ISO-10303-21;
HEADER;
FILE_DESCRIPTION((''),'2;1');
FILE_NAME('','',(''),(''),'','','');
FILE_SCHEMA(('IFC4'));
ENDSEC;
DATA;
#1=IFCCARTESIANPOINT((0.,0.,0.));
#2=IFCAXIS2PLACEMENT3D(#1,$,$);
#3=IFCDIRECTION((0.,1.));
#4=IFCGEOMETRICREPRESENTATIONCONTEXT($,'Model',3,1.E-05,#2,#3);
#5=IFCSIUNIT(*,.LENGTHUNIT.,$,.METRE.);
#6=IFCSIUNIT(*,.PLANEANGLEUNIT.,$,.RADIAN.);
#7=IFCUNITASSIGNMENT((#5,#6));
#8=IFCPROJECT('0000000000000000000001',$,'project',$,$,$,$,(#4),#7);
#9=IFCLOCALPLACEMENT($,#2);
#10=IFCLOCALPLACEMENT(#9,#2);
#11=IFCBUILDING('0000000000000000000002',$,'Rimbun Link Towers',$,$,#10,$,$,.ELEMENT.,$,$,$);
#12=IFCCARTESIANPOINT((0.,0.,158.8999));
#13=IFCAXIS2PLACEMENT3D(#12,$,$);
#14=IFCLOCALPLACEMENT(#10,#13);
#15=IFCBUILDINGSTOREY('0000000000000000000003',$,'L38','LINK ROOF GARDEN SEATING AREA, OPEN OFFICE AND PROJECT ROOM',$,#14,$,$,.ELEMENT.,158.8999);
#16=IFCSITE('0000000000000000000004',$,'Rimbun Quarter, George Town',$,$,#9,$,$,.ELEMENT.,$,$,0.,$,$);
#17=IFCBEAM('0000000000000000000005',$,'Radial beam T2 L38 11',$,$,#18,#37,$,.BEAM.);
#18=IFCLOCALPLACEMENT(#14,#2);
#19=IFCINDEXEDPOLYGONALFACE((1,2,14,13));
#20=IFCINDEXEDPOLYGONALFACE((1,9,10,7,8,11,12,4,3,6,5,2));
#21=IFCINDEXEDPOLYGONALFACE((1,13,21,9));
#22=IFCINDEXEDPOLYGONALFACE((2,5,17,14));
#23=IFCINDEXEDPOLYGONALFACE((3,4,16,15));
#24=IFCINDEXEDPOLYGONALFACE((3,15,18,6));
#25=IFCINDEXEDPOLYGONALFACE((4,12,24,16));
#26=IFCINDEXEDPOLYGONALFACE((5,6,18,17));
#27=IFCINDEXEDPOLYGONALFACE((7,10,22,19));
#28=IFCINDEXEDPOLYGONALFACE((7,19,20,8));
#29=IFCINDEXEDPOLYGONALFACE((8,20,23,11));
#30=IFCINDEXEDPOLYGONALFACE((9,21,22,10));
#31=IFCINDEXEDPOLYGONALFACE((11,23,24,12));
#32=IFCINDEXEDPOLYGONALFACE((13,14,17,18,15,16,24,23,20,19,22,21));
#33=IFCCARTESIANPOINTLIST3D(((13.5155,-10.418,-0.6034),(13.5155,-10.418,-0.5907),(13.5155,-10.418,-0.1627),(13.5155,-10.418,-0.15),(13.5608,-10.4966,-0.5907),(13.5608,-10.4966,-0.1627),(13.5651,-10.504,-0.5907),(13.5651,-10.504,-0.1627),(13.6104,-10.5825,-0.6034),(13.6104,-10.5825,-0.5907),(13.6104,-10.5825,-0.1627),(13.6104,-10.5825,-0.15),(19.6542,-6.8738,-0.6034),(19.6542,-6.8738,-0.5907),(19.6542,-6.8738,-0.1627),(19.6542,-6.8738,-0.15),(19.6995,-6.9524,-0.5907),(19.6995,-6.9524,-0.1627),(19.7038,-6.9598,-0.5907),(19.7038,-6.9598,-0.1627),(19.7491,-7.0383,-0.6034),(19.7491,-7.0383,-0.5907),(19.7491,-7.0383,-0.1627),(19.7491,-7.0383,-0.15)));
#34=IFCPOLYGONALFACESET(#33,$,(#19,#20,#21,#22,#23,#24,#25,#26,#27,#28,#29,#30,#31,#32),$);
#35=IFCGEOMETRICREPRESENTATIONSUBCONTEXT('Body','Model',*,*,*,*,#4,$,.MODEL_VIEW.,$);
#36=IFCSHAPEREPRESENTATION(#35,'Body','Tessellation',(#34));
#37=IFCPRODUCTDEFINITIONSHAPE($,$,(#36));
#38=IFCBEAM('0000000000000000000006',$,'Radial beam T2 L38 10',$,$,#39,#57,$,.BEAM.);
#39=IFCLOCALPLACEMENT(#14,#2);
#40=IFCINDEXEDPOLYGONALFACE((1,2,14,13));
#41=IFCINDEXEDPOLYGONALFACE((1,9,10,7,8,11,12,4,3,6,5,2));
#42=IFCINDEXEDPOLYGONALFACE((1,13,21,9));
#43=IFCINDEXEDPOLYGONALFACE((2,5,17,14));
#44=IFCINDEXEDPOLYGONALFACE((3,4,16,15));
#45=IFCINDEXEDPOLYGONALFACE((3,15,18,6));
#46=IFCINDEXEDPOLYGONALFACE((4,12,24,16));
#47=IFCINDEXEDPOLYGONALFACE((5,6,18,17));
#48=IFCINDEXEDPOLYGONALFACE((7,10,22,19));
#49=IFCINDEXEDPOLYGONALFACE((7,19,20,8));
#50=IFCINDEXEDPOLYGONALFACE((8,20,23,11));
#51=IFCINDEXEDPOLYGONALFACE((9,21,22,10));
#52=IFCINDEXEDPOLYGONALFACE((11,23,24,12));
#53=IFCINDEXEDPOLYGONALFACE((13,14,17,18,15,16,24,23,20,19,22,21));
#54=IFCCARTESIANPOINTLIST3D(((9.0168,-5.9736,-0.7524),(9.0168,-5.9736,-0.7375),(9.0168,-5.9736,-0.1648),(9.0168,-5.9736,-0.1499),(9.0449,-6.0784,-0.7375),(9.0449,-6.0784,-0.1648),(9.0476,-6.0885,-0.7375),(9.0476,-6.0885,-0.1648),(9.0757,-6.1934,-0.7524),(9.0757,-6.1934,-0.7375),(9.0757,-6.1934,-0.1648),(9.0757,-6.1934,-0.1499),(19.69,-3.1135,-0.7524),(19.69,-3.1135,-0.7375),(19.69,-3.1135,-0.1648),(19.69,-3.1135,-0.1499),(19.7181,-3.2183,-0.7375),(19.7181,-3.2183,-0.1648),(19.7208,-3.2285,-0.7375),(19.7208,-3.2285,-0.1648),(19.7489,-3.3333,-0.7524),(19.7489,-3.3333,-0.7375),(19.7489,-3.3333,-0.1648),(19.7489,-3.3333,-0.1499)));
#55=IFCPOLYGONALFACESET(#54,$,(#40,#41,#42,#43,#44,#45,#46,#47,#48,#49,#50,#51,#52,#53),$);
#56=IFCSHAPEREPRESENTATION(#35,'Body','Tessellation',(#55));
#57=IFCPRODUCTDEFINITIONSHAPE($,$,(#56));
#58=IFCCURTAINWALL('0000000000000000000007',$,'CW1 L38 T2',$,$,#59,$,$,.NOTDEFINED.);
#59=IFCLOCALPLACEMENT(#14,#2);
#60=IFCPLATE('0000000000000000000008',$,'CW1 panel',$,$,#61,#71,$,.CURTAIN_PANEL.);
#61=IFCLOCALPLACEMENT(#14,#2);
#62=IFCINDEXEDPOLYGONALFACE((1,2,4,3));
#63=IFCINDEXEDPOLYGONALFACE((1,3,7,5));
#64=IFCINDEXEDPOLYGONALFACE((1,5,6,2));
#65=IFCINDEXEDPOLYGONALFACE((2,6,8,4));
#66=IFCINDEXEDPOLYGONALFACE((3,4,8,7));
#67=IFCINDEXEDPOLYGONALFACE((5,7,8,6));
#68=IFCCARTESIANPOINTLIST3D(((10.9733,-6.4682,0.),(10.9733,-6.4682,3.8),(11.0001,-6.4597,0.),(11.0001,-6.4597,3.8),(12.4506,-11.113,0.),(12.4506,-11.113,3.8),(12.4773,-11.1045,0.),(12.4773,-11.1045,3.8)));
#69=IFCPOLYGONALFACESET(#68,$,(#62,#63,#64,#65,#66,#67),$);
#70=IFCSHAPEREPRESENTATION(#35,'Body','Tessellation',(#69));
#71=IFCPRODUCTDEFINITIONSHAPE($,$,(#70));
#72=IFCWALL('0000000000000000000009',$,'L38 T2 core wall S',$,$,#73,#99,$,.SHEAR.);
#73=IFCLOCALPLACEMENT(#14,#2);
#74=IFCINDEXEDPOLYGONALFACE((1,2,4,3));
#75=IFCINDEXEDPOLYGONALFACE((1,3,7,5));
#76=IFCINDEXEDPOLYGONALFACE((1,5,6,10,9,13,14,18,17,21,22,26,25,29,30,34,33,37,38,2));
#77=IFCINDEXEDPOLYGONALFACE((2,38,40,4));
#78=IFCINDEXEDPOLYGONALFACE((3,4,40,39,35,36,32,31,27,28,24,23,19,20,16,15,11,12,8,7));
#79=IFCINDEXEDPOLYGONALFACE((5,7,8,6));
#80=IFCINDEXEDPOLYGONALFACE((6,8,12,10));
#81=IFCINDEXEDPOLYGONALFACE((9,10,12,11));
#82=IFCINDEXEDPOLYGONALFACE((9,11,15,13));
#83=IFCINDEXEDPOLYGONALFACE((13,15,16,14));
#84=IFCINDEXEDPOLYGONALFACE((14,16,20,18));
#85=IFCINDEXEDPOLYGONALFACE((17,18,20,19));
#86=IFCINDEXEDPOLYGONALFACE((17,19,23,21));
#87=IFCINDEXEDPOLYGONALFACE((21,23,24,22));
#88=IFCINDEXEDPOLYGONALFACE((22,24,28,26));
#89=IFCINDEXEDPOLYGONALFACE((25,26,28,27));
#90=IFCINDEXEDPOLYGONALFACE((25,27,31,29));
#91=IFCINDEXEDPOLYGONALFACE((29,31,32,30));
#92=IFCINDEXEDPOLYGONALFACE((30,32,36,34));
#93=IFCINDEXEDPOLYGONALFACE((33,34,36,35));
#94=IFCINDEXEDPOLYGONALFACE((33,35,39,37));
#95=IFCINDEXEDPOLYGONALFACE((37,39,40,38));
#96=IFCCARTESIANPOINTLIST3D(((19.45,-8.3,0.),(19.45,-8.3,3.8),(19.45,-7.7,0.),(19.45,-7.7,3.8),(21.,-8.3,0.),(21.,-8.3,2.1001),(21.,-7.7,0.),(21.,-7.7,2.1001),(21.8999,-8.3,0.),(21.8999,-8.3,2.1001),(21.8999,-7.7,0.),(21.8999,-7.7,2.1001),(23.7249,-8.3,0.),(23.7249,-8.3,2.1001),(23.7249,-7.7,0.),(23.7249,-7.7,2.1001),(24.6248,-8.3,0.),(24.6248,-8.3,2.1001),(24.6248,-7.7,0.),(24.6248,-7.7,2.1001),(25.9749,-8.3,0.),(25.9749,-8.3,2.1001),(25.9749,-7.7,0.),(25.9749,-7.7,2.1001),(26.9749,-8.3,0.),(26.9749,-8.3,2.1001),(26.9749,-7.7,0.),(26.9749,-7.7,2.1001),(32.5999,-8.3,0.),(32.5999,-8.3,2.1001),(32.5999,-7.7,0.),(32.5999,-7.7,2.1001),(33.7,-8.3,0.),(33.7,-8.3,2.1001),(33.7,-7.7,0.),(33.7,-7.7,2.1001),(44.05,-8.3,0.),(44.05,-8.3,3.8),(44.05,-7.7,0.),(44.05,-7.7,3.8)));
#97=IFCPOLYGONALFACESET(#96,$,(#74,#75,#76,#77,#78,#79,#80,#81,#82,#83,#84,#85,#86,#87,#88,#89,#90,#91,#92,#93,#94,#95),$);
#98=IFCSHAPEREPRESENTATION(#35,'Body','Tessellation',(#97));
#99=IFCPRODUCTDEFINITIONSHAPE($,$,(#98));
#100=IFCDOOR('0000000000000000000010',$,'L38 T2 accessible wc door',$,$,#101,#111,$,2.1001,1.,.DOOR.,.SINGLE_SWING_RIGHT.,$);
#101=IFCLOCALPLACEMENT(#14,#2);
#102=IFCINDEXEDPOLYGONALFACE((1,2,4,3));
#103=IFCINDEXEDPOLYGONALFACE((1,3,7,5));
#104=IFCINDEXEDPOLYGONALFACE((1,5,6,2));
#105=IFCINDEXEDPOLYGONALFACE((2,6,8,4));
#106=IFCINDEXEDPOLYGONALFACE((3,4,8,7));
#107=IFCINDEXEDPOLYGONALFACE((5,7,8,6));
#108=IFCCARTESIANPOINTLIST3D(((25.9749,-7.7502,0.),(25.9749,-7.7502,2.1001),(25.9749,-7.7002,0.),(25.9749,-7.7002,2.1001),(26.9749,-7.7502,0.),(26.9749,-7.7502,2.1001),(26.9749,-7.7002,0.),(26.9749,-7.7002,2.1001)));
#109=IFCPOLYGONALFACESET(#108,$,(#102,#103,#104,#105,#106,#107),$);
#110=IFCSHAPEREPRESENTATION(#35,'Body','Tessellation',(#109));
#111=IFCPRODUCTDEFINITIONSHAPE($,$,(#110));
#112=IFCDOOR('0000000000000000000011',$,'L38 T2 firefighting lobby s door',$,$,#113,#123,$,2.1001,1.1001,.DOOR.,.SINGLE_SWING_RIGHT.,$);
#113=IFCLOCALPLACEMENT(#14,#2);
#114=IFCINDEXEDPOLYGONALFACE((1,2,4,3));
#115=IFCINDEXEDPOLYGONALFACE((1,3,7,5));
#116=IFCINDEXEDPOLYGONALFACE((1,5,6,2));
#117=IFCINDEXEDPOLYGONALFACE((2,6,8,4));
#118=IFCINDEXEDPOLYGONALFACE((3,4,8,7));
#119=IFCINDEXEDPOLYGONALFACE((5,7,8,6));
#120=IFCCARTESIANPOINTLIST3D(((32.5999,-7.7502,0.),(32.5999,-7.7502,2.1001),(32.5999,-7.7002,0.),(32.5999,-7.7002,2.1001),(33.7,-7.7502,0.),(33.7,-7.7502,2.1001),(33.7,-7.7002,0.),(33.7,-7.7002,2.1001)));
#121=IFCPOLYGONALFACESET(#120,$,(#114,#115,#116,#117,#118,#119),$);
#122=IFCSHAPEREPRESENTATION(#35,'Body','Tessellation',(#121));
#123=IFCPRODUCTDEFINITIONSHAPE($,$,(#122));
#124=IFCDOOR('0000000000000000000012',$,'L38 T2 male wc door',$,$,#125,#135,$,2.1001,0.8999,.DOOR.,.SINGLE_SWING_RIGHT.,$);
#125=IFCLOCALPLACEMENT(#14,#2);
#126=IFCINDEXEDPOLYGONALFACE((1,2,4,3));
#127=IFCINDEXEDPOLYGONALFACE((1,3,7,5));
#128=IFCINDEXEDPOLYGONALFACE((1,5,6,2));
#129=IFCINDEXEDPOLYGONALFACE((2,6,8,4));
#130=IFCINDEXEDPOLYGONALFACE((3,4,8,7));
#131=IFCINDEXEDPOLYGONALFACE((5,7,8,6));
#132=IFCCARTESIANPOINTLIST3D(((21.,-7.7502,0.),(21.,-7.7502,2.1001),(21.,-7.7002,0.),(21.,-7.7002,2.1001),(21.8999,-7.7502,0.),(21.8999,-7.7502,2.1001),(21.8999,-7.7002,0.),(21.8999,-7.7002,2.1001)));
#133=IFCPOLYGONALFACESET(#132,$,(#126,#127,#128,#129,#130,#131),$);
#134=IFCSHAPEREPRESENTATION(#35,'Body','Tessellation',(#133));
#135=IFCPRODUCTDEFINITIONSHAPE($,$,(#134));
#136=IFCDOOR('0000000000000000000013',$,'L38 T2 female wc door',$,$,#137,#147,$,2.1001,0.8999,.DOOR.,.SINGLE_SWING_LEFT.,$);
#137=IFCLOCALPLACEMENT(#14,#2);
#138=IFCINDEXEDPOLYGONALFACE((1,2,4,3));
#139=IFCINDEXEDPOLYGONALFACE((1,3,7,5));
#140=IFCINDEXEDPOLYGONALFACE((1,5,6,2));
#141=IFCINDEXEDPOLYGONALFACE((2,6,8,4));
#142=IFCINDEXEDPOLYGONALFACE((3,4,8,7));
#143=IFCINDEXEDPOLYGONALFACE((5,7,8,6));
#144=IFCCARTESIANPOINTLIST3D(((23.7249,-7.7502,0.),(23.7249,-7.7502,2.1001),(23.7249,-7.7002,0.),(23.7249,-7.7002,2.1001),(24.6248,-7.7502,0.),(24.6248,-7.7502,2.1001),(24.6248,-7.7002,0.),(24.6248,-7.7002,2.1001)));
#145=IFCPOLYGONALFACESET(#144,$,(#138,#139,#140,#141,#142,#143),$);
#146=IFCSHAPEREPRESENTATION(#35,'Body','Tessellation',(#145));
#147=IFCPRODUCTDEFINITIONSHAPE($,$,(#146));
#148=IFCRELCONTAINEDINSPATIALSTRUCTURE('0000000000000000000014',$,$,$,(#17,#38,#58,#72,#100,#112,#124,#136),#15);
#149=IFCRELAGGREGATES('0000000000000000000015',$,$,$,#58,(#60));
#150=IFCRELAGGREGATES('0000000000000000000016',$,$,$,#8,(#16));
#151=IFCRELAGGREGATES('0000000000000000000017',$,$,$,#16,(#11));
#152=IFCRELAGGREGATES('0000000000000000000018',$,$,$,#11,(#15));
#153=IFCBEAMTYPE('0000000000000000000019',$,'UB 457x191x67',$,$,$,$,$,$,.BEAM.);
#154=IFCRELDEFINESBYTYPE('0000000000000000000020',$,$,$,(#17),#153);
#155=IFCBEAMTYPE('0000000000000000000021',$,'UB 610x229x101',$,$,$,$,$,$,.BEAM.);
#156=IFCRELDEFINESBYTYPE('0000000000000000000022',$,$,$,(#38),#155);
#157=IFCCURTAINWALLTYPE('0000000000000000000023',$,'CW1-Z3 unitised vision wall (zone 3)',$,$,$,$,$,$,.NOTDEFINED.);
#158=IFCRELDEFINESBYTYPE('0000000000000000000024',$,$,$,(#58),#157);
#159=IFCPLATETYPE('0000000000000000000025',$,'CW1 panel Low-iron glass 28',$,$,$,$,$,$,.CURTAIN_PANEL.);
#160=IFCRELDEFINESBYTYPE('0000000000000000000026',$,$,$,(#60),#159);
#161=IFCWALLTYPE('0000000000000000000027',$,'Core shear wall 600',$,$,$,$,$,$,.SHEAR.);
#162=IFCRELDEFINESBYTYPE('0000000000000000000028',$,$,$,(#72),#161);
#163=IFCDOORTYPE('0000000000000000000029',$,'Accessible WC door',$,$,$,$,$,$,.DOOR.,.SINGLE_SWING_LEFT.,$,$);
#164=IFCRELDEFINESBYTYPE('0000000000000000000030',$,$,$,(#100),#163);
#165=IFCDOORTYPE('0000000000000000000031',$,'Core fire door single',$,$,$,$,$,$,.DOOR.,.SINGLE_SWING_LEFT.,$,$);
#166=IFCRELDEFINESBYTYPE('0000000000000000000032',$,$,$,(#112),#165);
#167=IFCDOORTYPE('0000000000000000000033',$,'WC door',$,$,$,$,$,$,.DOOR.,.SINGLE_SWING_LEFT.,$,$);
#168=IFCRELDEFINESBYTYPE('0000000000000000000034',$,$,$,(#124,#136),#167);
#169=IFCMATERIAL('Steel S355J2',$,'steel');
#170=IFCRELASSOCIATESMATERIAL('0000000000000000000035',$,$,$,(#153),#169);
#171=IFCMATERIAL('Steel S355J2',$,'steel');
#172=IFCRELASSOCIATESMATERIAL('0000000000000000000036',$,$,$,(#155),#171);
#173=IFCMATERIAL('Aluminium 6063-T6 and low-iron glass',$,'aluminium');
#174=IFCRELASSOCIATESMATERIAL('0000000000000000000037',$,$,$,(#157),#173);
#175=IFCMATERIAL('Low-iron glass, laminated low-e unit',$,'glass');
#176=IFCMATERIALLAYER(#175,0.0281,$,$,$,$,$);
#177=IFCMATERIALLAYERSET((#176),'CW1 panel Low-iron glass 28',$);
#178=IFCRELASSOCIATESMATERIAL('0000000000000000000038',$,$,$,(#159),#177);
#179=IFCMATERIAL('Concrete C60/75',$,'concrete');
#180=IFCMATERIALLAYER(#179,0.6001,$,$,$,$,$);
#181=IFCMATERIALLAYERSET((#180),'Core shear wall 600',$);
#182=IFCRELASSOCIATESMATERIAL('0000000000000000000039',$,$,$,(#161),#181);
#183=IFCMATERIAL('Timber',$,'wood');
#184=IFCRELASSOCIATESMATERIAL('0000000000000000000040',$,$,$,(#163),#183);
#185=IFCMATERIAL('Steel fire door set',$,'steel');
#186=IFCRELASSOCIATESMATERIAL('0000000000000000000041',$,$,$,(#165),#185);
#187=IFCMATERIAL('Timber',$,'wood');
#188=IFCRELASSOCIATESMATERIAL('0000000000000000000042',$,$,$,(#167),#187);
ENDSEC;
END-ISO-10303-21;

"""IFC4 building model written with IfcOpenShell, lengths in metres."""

from ifc_helpers import new_model, si_unit, direction, frame, frame_2d, origin, origin_2d, place, context, subcontext, project, spatial, rectangle, i_section, extrude, material, layer, layer_set, material_profile, profile_set, type_object, element, fill, aggregate, save


model = new_model("IFC4")

# Units and contexts
model_context = context("Model", 3, precision=1e-05, world=origin(), true_north=direction((0.0, 1.0)))
body_context = subcontext(model_context, "Body", "Model", "MODEL_VIEW")
ifc_project = project(units=[si_unit("LENGTHUNIT", "METRE"), si_unit("PLANEANGLEUNIT", "RADIAN")], contexts=[model_context])

# Site, building, storey
site_placement = place(None, origin())
site = spatial("IfcSite", under=ifc_project, at=site_placement, Name="Rimbun Quarter, George Town", CompositionType="ELEMENT", RefElevation=0.0)
building_placement = place(site_placement, origin())
building = spatial("IfcBuilding", under=site, at=building_placement, Name="Rimbun Link Towers", CompositionType="ELEMENT")
storey_placement = place(building_placement, frame((0.0, 0.0, 158.8999)))
storey = spatial("IfcBuildingStorey", under=building, at=storey_placement, Name="L38", Description="LINK ROOF GARDEN SEATING AREA, OPEN OFFICE AND PROJECT ROOM", CompositionType="ELEMENT", Elevation=158.8999)

# Beams
ifc_material_1 = material(Name="Steel S355J2", Category="steel")
ifc_material_profile_1 = material_profile(ifc_material_1, i_section(OverallWidth=0.1899, OverallDepth=0.4534, WebThickness=0.0085, FlangeThickness=0.0127, at=origin_2d()), Name="UB 457x191x67")
ifc_profile_set_1 = profile_set([ifc_material_profile_1], Name="Steel S355J2")
beam_type_1 = type_object("IfcBeamType", Name="UB 457x191x67", PredefinedType="BEAM", material=ifc_profile_set_1)
beam_1_placement = place(storey_placement, frame((19.7017, -6.9561, -0.3767), z_axis=(-0.866024, -0.500003, 0.0), x_axis=(0.500003, -0.866024, 0.0)))
element("IfcBeam", 1, at=beam_1_placement, inside=storey, type_object=beam_type_1, Name="Radial beam T2 L38 11", PredefinedType="BEAM", context=body_context, shape_type="SweptSolid", body=[
    extrude(i_section(OverallWidth=0.1899, OverallDepth=0.4534, WebThickness=0.0085, FlangeThickness=0.0127, at=origin_2d()), origin(), (0.0, 0.0, 1.0), 7.0884),
])
ifc_material_2 = material(Name="Steel S355J2", Category="steel")
ifc_material_profile_2 = material_profile(ifc_material_2, i_section(OverallWidth=0.2275, OverallDepth=0.6025, WebThickness=0.0105, FlangeThickness=0.0149, at=origin_2d()), Name="UB 610x229x101")
ifc_profile_set_2 = profile_set([ifc_material_profile_2], Name="Steel S355J2")
beam_type_2 = type_object("IfcBeamType", Name="UB 610x229x101", PredefinedType="BEAM", material=ifc_profile_set_2)
beam_2_placement = place(storey_placement, frame((19.7195, -3.2234, -0.4512), z_axis=(-0.965921, -0.258835, 0.0), x_axis=(0.258835, -0.965921, 0.0)))
element("IfcBeam", 2, at=beam_2_placement, inside=storey, type_object=beam_type_2, Name="Radial beam T2 L38 10", PredefinedType="BEAM", context=body_context, shape_type="SweptSolid", body=[
    extrude(i_section(OverallWidth=0.2275, OverallDepth=0.6025, WebThickness=0.0105, FlangeThickness=0.0149, at=origin_2d()), origin(), (0.0, 0.0, 1.0), 11.0498),
])

# Curtain wall, plate
ifc_material_3 = material(Name="Aluminium 6063-T6 and low-iron glass", Category="aluminium")
curtain_wall_type = type_object("IfcCurtainWallType", Name="CW1-Z3 unitised vision wall (zone 3)", PredefinedType="NOTDEFINED", material=ifc_material_3)
curtain_wall_placement = place(storey_placement, origin())
curtain_wall = element("IfcCurtainWall", 3, at=curtain_wall_placement, inside=storey, type_object=curtain_wall_type, Name="CW1 L38 T2", PredefinedType="NOTDEFINED")
ifc_material_4 = material(Name="Low-iron glass, laminated low-e unit", Category="glass")
ifc_layer_1 = layer(ifc_material_4, 0.0281)
ifc_layer_set_1 = layer_set([ifc_layer_1], Name="CW1 panel Low-iron glass 28")
plate_type = type_object("IfcPlateType", Name="CW1 panel Low-iron glass 28", PredefinedType="CURTAIN_PANEL", material=ifc_layer_set_1)
plate_placement = place(storey_placement, frame((11.7253, -8.7864, 0.0), z_axis=(0.0, 0.0, 1.0), x_axis=(-0.303082, 0.952965, 0.0)))
plate = element("IfcPlate", 4, at=plate_placement, type_object=plate_type, Name="CW1 panel", PredefinedType="CURTAIN_PANEL", context=body_context, shape_type="SweptSolid", body=[
    extrude(rectangle(XDim=4.874, YDim=0.0281, at=origin_2d()), origin(), (0.0, 0.0, 1.0), 3.8),
])
aggregate(curtain_wall, [plate])

# Wall, openings, doors
ifc_material_5 = material(Name="Concrete C60/75", Category="concrete")
ifc_layer_2 = layer(ifc_material_5, 0.6001)
ifc_layer_set_2 = layer_set([ifc_layer_2], Name="Core shear wall 600")
wall_type_1 = type_object("IfcWallType", Name="Core shear wall 600", PredefinedType="SHEAR", material=ifc_layer_set_2)
wall_1_placement = place(storey_placement, frame((19.45, -8.0, 0.0), z_axis=(0.0, 0.0, 1.0), x_axis=(1.0, 0.0, 0.0)))
wall_1 = element("IfcWall", 5, at=wall_1_placement, inside=storey, type_object=wall_type_1, Name="L38 T2 core wall S", PredefinedType="SHEAR", context=body_context, shape_type="SweptSolid", body=[
    extrude(rectangle(XDim=24.6001, YDim=0.6001, at=frame_2d((12.3, 0.0))), origin(), (0.0, 0.0, 1.0), 3.8),
])
opening_1_placement = place(wall_1_placement, frame((13.1499, 0.0, 0.0)))
opening_1 = element("IfcOpeningElement", 6, at=opening_1_placement, cuts=wall_1, PredefinedType="OPENING", context=body_context, shape_type="SweptSolid", body=[
    extrude(rectangle(XDim=1.1001, YDim=2.1001, at=frame_2d((0.55, 1.05))), frame((0.0, 0.3101, 0.0), z_axis=(0.0, -1.0, 0.0), x_axis=(1.0, 0.0, 0.0)), (0.0, 0.0, 1.0), 0.6201),
])
opening_2_placement = place(wall_1_placement, frame((1.55, 0.0, 0.0)))
opening_2 = element("IfcOpeningElement", 7, at=opening_2_placement, cuts=wall_1, PredefinedType="OPENING", context=body_context, shape_type="SweptSolid", body=[
    extrude(rectangle(XDim=0.8999, YDim=2.1001, at=frame_2d((0.45, 1.05))), frame((0.0, 0.3101, 0.0), z_axis=(0.0, -1.0, 0.0), x_axis=(1.0, 0.0, 0.0)), (0.0, 0.0, 1.0), 0.6201),
])
opening_3_placement = place(wall_1_placement, frame((4.2749, 0.0, 0.0)))
opening_3 = element("IfcOpeningElement", 8, at=opening_3_placement, cuts=wall_1, PredefinedType="OPENING", context=body_context, shape_type="SweptSolid", body=[
    extrude(rectangle(XDim=0.8999, YDim=2.1001, at=frame_2d((0.45, 1.05))), frame((0.0, 0.3101, 0.0), z_axis=(0.0, -1.0, 0.0), x_axis=(1.0, 0.0, 0.0)), (0.0, 0.0, 1.0), 0.6201),
])
opening_4_placement = place(wall_1_placement, frame((6.5249, 0.0, 0.0)))
opening_4 = element("IfcOpeningElement", 9, at=opening_4_placement, cuts=wall_1, PredefinedType="OPENING", context=body_context, shape_type="SweptSolid", body=[
    extrude(rectangle(XDim=1.0, YDim=2.1001, at=frame_2d((0.5, 1.05))), frame((0.0, 0.3101, 0.0), z_axis=(0.0, -1.0, 0.0), x_axis=(1.0, 0.0, 0.0)), (0.0, 0.0, 1.0), 0.6201),
])
ifc_material_6 = material(Name="Timber", Category="wood")
door_type_1 = type_object("IfcDoorType", Name="Accessible WC door", OperationType="SINGLE_SWING_LEFT", PredefinedType="DOOR", material=ifc_material_6)
door_1_placement = place(opening_4_placement, origin())
door_1 = element("IfcDoor", 10, at=door_1_placement, inside=storey, type_object=door_type_1, Name="L38 T2 accessible wc door", OperationType="SINGLE_SWING_RIGHT", OverallHeight=2.1001, OverallWidth=1.0, PredefinedType="DOOR", context=body_context, shape_type="SweptSolid", body=[
    extrude(rectangle(XDim=1.0, YDim=2.1001, at=frame_2d((0.5, 1.05))), frame((0.0, 0.2998, 0.0), z_axis=(0.0, -1.0, 0.0), x_axis=(1.0, 0.0, 0.0)), (0.0, 0.0, 1.0), 0.05),
])
fill(opening_4, door_1)
ifc_material_7 = material(Name="Steel fire door set", Category="steel")
door_type_2 = type_object("IfcDoorType", Name="Core fire door single", OperationType="SINGLE_SWING_LEFT", PredefinedType="DOOR", material=ifc_material_7)
door_2_placement = place(opening_1_placement, origin())
door_2 = element("IfcDoor", 11, at=door_2_placement, inside=storey, type_object=door_type_2, Name="L38 T2 firefighting lobby s door", OperationType="SINGLE_SWING_RIGHT", OverallHeight=2.1001, OverallWidth=1.1001, PredefinedType="DOOR", context=body_context, shape_type="SweptSolid", body=[
    extrude(rectangle(XDim=1.1001, YDim=2.1001, at=frame_2d((0.55, 1.05))), frame((0.0, 0.2998, 0.0), z_axis=(0.0, -1.0, 0.0), x_axis=(1.0, 0.0, 0.0)), (0.0, 0.0, 1.0), 0.05),
])
fill(opening_1, door_2)
ifc_material_8 = material(Name="Timber", Category="wood")
door_type_3 = type_object("IfcDoorType", Name="WC door", OperationType="SINGLE_SWING_LEFT", PredefinedType="DOOR", material=ifc_material_8)
door_3_placement = place(opening_2_placement, origin())
door_3 = element("IfcDoor", 12, at=door_3_placement, inside=storey, type_object=door_type_3, Name="L38 T2 male wc door", OperationType="SINGLE_SWING_RIGHT", OverallHeight=2.1001, OverallWidth=0.8999, PredefinedType="DOOR", context=body_context, shape_type="SweptSolid", body=[
    extrude(rectangle(XDim=0.8999, YDim=2.1001, at=frame_2d((0.45, 1.05))), frame((0.0, 0.2998, 0.0), z_axis=(0.0, -1.0, 0.0), x_axis=(1.0, 0.0, 0.0)), (0.0, 0.0, 1.0), 0.05),
])
fill(opening_2, door_3)
door_4_placement = place(opening_3_placement, origin())
door_4 = element("IfcDoor", 13, at=door_4_placement, inside=storey, type_object=door_type_3, Name="L38 T2 female wc door", OperationType="SINGLE_SWING_LEFT", OverallHeight=2.1001, OverallWidth=0.8999, PredefinedType="DOOR", context=body_context, shape_type="SweptSolid", body=[
    extrude(rectangle(XDim=0.8999, YDim=2.1001, at=frame_2d((0.45, 1.05))), frame((0.0, 0.2998, 0.0), z_axis=(0.0, -1.0, 0.0), x_axis=(1.0, 0.0, 0.0)), (0.0, 0.0, 1.0), 0.05),
])
fill(opening_3, door_4)

save(model, "model.ifc")
